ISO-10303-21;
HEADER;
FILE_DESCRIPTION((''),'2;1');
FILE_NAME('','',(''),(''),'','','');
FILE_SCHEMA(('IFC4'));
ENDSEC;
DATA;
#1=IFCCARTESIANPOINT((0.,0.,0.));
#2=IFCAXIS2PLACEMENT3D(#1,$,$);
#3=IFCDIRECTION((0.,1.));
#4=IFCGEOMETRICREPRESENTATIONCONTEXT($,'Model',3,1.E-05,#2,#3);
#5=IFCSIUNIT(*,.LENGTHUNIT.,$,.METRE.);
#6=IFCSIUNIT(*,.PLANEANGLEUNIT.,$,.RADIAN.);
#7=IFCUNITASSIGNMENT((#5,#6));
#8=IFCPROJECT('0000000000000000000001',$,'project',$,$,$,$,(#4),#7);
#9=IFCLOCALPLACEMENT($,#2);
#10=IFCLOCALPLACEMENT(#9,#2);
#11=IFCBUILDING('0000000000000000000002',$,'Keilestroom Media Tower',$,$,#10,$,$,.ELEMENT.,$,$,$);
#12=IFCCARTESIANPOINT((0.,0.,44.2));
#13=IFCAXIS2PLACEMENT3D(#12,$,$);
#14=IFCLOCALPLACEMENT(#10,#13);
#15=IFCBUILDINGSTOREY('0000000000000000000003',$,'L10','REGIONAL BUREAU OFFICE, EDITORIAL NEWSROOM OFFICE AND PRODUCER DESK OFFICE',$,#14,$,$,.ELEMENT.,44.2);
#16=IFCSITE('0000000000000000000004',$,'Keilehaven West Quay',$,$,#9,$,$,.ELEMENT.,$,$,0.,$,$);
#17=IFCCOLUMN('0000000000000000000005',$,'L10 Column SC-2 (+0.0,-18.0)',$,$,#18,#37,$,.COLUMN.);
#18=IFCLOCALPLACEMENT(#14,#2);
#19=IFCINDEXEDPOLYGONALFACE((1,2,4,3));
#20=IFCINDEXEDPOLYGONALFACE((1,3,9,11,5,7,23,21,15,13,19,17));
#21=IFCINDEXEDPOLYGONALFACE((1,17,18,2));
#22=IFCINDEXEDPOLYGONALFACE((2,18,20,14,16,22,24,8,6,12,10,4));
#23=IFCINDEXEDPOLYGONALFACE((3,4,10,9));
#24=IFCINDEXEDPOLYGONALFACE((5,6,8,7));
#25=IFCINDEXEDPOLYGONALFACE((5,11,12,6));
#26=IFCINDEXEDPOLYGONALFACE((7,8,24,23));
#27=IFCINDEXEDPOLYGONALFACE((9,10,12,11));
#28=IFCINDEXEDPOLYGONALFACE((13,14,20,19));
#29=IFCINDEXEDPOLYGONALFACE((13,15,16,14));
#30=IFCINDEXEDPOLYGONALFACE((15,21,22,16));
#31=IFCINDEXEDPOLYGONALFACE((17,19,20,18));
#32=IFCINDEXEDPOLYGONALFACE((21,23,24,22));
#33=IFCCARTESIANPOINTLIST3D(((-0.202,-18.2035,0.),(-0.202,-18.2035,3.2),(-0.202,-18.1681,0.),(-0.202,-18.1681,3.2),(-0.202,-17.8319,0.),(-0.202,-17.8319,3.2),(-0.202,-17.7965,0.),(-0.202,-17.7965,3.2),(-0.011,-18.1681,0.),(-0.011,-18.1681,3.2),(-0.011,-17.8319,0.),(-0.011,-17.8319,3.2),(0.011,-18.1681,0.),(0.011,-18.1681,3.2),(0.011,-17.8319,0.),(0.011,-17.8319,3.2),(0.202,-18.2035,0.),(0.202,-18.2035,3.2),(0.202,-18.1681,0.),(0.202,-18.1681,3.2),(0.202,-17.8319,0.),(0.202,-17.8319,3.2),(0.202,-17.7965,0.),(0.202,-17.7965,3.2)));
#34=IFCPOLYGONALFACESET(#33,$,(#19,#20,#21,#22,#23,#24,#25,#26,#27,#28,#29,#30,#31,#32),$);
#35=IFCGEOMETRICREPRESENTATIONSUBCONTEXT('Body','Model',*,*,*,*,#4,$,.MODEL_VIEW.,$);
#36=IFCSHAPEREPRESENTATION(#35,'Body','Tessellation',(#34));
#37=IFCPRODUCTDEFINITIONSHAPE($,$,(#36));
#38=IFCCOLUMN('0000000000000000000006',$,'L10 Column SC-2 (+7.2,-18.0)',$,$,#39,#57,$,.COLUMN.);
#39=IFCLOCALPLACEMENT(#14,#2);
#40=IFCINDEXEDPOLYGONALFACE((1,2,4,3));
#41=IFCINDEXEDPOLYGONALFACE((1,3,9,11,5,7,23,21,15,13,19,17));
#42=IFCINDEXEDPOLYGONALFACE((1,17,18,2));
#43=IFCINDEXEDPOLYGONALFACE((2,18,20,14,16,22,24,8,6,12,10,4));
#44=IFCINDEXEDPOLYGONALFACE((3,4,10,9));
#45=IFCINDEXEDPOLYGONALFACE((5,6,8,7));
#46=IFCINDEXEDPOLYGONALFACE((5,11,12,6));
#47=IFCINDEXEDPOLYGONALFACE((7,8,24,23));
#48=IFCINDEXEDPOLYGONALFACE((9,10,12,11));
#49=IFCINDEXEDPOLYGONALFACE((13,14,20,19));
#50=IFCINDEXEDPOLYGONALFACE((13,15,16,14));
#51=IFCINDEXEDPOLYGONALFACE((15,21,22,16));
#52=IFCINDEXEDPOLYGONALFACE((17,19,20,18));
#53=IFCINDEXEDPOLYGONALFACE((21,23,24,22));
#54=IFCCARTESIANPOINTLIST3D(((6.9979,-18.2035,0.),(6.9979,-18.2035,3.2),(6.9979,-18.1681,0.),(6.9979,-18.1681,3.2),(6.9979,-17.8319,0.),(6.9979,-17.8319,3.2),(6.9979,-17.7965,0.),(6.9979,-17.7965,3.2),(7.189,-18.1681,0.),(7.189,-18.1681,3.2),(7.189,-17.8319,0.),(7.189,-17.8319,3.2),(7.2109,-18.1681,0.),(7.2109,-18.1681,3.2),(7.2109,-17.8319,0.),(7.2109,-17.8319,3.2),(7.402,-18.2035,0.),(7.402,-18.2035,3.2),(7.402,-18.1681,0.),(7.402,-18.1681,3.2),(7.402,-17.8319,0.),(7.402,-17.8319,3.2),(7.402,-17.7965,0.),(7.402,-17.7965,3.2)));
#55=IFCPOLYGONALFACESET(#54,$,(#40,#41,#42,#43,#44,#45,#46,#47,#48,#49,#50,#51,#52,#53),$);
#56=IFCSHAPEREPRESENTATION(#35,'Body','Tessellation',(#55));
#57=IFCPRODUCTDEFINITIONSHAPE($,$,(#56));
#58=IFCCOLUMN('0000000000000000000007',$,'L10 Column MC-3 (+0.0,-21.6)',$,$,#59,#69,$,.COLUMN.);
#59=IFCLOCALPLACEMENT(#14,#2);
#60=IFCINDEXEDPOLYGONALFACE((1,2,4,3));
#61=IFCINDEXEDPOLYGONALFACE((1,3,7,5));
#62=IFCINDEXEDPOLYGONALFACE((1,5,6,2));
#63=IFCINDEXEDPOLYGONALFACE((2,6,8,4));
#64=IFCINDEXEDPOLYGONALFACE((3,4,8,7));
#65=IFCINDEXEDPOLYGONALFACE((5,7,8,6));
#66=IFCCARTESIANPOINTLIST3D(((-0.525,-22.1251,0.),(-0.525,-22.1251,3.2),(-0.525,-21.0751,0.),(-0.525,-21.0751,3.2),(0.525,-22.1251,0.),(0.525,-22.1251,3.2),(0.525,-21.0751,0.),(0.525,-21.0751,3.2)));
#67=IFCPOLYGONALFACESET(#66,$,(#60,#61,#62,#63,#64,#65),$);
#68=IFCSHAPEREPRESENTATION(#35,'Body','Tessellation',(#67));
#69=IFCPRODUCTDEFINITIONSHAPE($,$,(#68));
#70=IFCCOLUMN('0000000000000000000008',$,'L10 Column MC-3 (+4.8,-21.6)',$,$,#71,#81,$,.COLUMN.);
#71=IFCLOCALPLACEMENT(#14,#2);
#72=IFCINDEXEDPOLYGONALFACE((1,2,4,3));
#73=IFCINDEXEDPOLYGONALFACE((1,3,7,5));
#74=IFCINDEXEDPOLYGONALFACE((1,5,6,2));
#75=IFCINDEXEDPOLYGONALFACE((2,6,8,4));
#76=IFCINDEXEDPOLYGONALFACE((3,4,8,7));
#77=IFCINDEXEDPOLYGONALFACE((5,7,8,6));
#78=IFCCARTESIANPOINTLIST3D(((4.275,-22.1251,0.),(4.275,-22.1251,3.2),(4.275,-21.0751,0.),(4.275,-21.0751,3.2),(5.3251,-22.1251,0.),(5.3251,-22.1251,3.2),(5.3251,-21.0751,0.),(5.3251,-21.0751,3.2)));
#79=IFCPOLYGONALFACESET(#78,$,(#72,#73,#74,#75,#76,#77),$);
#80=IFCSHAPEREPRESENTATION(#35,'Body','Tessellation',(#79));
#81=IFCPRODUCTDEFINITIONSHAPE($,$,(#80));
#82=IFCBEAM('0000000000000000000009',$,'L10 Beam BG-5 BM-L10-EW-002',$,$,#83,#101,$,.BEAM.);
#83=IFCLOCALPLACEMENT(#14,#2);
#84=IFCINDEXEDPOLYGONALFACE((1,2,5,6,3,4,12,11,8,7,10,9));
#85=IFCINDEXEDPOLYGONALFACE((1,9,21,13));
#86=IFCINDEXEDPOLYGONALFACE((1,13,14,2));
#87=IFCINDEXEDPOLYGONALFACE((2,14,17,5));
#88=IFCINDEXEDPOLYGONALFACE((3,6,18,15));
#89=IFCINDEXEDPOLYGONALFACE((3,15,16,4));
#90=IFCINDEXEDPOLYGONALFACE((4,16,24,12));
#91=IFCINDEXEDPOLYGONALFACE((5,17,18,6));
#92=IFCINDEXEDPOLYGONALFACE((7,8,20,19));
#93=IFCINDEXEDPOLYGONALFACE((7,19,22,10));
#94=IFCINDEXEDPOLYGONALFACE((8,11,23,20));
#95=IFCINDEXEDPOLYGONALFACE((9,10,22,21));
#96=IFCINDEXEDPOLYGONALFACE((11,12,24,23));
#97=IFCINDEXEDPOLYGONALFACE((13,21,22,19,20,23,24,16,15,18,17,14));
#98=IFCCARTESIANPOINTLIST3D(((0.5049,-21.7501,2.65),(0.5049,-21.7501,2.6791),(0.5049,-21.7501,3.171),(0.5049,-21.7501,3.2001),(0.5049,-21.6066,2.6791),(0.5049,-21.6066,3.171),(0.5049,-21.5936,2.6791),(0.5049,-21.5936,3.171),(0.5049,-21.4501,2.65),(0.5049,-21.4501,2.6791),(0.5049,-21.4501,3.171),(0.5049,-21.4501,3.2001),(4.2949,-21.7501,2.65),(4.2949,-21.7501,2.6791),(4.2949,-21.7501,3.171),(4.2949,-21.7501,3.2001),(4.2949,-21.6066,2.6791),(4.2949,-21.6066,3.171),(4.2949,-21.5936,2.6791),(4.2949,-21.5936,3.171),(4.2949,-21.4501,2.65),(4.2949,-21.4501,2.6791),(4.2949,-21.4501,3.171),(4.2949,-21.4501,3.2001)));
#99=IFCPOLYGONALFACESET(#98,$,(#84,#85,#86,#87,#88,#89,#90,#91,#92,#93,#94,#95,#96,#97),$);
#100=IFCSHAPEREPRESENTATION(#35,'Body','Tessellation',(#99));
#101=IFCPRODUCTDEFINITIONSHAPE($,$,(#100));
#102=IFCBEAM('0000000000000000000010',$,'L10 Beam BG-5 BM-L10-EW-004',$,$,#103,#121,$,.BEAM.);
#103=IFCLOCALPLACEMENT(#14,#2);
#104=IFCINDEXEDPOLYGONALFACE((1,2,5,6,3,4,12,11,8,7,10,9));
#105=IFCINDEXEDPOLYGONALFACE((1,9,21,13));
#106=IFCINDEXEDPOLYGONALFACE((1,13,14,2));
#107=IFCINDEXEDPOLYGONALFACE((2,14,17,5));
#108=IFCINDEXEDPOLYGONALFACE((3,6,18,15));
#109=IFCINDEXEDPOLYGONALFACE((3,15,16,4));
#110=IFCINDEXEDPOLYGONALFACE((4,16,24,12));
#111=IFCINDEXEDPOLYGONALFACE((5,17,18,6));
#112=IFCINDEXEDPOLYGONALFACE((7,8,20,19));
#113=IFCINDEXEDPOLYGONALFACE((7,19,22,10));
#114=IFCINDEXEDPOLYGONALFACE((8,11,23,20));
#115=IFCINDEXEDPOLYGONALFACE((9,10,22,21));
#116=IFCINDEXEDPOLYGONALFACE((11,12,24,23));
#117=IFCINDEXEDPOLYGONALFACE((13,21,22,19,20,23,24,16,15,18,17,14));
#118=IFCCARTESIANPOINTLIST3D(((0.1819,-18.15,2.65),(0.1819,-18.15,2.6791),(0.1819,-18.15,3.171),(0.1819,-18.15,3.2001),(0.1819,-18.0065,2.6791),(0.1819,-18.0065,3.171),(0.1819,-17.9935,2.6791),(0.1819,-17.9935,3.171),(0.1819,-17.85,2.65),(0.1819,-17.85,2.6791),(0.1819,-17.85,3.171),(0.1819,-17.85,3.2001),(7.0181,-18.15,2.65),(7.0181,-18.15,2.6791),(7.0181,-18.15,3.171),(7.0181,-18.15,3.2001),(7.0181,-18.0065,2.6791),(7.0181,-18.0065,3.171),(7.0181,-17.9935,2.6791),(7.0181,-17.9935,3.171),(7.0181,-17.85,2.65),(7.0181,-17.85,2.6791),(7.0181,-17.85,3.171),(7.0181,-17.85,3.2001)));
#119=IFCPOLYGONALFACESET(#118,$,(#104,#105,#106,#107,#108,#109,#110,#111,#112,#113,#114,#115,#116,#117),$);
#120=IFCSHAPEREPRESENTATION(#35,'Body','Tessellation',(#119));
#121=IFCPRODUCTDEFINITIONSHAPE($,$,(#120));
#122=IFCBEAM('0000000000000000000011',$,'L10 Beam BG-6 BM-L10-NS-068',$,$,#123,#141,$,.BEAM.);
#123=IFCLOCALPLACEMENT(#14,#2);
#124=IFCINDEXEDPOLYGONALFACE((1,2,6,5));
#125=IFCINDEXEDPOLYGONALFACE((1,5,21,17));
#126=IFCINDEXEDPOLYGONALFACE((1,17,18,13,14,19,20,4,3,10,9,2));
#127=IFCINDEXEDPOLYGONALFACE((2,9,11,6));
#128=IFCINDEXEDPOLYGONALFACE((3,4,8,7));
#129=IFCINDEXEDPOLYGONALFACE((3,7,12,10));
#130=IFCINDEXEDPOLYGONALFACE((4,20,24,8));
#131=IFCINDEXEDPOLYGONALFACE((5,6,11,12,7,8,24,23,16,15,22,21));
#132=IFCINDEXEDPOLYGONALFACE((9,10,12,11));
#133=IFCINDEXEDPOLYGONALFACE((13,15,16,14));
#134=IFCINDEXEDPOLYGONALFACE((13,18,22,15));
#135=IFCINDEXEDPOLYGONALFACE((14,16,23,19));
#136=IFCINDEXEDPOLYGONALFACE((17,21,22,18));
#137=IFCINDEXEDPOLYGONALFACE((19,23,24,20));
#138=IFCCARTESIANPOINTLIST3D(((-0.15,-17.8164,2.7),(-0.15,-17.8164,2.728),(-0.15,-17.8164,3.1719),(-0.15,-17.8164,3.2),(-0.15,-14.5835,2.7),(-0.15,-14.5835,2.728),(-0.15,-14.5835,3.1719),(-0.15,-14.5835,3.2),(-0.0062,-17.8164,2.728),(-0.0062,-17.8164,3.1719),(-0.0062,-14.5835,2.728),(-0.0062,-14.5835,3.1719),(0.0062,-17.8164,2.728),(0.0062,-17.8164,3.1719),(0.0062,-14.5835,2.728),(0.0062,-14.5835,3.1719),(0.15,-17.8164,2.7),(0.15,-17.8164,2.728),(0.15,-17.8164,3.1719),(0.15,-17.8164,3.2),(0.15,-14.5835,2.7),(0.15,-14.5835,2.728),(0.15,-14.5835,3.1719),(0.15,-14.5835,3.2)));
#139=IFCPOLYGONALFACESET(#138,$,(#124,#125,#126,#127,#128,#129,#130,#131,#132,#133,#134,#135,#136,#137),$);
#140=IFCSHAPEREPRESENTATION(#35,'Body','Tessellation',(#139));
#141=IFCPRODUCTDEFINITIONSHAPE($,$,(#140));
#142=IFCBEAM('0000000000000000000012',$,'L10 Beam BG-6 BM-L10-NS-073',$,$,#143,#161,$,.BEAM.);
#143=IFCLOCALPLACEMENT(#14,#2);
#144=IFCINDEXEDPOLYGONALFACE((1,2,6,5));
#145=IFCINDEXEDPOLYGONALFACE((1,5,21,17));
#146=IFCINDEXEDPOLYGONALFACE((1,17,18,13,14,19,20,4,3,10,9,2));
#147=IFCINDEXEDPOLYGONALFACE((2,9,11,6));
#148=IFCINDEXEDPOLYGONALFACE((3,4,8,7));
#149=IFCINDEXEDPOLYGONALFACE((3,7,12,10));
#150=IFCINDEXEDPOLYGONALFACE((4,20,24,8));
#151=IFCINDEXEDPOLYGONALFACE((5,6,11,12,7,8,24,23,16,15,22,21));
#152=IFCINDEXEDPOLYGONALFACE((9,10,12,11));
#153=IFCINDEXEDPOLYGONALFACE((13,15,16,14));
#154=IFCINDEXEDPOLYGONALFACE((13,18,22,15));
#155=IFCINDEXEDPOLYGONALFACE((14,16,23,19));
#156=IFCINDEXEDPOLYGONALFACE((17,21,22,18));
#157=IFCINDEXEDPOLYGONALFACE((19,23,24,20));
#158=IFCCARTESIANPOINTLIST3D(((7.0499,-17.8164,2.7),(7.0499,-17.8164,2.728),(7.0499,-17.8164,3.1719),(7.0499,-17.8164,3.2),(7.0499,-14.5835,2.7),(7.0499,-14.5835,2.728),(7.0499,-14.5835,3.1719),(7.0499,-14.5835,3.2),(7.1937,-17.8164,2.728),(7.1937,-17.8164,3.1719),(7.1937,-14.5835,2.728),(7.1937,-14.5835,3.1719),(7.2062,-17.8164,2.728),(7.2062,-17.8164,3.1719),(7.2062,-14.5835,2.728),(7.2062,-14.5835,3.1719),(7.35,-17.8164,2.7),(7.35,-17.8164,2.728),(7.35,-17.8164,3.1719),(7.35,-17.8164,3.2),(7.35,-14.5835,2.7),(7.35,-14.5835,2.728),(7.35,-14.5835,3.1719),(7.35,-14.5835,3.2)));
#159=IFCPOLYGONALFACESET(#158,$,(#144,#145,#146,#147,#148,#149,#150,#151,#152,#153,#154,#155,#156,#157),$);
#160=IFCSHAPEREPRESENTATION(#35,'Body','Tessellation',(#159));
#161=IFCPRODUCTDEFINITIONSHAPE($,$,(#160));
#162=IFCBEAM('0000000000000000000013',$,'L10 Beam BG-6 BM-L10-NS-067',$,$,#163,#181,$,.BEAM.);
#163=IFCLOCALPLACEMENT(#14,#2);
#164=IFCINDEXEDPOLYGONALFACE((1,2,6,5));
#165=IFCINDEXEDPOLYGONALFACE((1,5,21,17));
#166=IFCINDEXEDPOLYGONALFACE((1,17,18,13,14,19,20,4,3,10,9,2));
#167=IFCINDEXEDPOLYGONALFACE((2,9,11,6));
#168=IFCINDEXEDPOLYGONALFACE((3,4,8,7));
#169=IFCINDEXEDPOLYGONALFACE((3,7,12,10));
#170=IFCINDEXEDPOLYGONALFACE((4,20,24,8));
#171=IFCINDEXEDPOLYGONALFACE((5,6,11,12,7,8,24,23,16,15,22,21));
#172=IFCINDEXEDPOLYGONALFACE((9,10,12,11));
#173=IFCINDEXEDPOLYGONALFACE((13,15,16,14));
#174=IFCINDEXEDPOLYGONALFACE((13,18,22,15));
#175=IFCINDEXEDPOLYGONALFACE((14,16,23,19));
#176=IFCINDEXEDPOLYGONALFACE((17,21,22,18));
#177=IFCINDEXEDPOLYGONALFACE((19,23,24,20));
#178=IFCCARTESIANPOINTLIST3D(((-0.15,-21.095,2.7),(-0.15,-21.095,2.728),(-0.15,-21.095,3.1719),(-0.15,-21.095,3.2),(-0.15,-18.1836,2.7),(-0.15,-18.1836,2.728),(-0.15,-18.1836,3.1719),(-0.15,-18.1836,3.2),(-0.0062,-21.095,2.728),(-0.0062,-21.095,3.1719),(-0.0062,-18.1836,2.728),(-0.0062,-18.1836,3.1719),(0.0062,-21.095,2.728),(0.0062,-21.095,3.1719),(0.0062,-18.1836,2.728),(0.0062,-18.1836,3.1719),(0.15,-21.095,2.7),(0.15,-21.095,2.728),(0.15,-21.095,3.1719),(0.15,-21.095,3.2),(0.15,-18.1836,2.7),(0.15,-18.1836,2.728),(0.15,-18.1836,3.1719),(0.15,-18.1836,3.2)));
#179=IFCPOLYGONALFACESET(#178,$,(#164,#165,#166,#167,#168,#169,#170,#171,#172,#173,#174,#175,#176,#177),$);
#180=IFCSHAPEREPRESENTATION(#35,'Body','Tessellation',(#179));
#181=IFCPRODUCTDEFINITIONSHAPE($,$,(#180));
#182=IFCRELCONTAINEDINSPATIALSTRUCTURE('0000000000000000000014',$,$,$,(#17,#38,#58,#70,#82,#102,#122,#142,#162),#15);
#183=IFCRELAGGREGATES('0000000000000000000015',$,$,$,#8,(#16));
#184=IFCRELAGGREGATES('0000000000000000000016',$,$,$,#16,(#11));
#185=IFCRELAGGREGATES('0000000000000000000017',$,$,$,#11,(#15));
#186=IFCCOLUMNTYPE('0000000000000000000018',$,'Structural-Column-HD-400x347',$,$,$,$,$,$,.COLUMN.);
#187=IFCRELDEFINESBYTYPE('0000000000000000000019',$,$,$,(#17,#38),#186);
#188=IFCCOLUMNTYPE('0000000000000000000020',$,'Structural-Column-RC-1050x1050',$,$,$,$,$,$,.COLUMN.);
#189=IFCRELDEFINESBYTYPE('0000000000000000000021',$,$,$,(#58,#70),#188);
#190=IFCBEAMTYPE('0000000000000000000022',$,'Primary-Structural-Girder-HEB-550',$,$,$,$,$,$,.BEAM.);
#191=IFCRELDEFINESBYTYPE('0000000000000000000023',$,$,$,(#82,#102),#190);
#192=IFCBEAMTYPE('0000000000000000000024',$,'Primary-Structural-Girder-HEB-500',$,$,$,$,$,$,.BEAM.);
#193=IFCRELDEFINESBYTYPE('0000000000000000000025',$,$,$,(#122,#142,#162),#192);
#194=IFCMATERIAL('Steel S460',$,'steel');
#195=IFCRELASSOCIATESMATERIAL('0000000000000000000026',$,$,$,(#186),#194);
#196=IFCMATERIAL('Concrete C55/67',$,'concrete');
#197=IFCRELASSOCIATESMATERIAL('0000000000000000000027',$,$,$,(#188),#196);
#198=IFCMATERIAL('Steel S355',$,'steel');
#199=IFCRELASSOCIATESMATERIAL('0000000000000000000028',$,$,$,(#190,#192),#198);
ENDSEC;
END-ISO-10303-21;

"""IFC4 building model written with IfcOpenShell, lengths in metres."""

from ifc_helpers import new_model, si_unit, direction, frame, origin, origin_2d, place, context, subcontext, project, spatial, rectangle, i_section, extrude, source, transform, mapped, material, material_profile, profile_set, type_object, element, save


model = new_model("IFC4")

# Units and contexts
model_context = context("Model", 3, precision=1e-05, world=origin(), true_north=direction((0.0, 1.0)))
body_context = subcontext(model_context, "Body", "Model", "MODEL_VIEW")
ifc_project = project(units=[si_unit("LENGTHUNIT", "METRE"), si_unit("PLANEANGLEUNIT", "RADIAN")], contexts=[model_context])

# Site, building, storey
site_placement = place(None, origin())
site = spatial("IfcSite", under=ifc_project, at=site_placement, Name="Keilehaven West Quay", CompositionType="ELEMENT", RefElevation=0.0)
building_placement = place(site_placement, origin())
building = spatial("IfcBuilding", under=site, at=building_placement, Name="Keilestroom Media Tower", CompositionType="ELEMENT")
storey_placement = place(building_placement, frame((0.0, 0.0, 44.2)))
storey = spatial("IfcBuildingStorey", under=building, at=storey_placement, Name="L10", Description="REGIONAL BUREAU OFFICE, EDITORIAL NEWSROOM OFFICE AND PRODUCER DESK OFFICE", CompositionType="ELEMENT", Elevation=44.2)

# Columns
ifc_material_1 = material(Name="Steel S460", Category="steel")
ifc_material_profile_1 = material_profile(ifc_material_1, i_section(OverallWidth=0.4041, OverallDepth=0.407, WebThickness=0.022, FlangeThickness=0.0354, at=origin_2d()), Name="HD 400x347")
ifc_profile_set_1 = profile_set([ifc_material_profile_1], Name="Steel S460")
column_type_1 = type_object("IfcColumnType", Name="Structural-Column-HD-400x347", PredefinedType="COLUMN", material=ifc_profile_set_1)
shared_shape_1 = source(origin(), body_context, "Body", "SweptSolid", [
    extrude(i_section(OverallWidth=0.4041, OverallDepth=0.407, WebThickness=0.022, FlangeThickness=0.0354, at=origin_2d()), origin(), (0.0, 0.0, 1.0), 3.2),
])
for number, where, z_axis, x_axis, name in (
    (1, (0.0, -18.0, 0.0), (0.0, 0.0, 1.0), (1.0, 0.0, 0.0), "L10 Column SC-2 (+0.0,-18.0)"),
    (2, (7.2, -18.0, 0.0), (0.0, 0.0, 1.0), (1.0, 0.0, 0.0), "L10 Column SC-2 (+7.2,-18.0)"),
):
    element("IfcColumn", number, at=place(storey_placement, frame(where, z_axis=z_axis, x_axis=x_axis)), inside=storey, type_object=column_type_1, Name=name, PredefinedType="COLUMN", context=body_context, shape_type="MappedRepresentation", body=[
        mapped(shared_shape_1, transform((0.0, 0.0, 0.0), x_axis=(1.0, 0.0, 0.0), y_axis=(0.0, 1.0, 0.0), z_axis=(0.0, 0.0, 1.0), scale=1.0)),
    ])
ifc_material_2 = material(Name="Concrete C55/67", Category="concrete")
ifc_material_profile_2 = material_profile(ifc_material_2, rectangle(XDim=1.05, YDim=1.05, at=origin_2d()), Name="RC 1050x1050")
ifc_profile_set_2 = profile_set([ifc_material_profile_2], Name="Concrete C55/67")
column_type_2 = type_object("IfcColumnType", Name="Structural-Column-RC-1050x1050", PredefinedType="COLUMN", material=ifc_profile_set_2)
shared_shape_2 = source(origin(), body_context, "Body", "SweptSolid", [
    extrude(rectangle(XDim=1.05, YDim=1.05, at=origin_2d()), origin(), (0.0, 0.0, 1.0), 3.2),
])
for number, where, z_axis, x_axis, name in (
    (3, (0.0, -21.6001, 0.0), (0.0, 0.0, 1.0), (1.0, 0.0, 0.0), "L10 Column MC-3 (+0.0,-21.6)"),
    (4, (4.8, -21.6001, 0.0), (0.0, 0.0, 1.0), (1.0, 0.0, 0.0), "L10 Column MC-3 (+4.8,-21.6)"),
):
    element("IfcColumn", number, at=place(storey_placement, frame(where, z_axis=z_axis, x_axis=x_axis)), inside=storey, type_object=column_type_2, Name=name, PredefinedType="COLUMN", context=body_context, shape_type="MappedRepresentation", body=[
        mapped(shared_shape_2, transform((0.0, 0.0, 0.0), x_axis=(1.0, 0.0, 0.0), y_axis=(0.0, 1.0, 0.0), z_axis=(0.0, 0.0, 1.0), scale=1.0)),
    ])

# Beams
ifc_material_3 = material(Name="Steel S355", Category="steel")
ifc_material_profile_3 = material_profile(ifc_material_3, i_section(OverallWidth=0.3, OverallDepth=0.55, WebThickness=0.0129, FlangeThickness=0.0291, at=origin_2d()), Name="HEB 550")
ifc_profile_set_3 = profile_set([ifc_material_profile_3], Name="Steel S355")
beam_type_1 = type_object("IfcBeamType", Name="Primary-Structural-Girder-HEB-550", PredefinedType="BEAM", material=ifc_profile_set_3)
shared_shape_3 = source(origin(), body_context, "Body", "SweptSolid", [
    extrude(i_section(OverallWidth=0.3, OverallDepth=0.55, WebThickness=0.0129, FlangeThickness=0.0291, at=origin_2d()), origin(), (0.0, 0.0, 1.0), 3.79),
])
beam_1_placement = place(storey_placement, frame((0.5049, -21.6001, 2.925), z_axis=(1.0, 0.0, 0.0), x_axis=(0.0, 1.0, 0.0)))
element("IfcBeam", 5, at=beam_1_placement, inside=storey, type_object=beam_type_1, Name="L10 Beam BG-5 BM-L10-EW-002", PredefinedType="BEAM", context=body_context, shape_type="MappedRepresentation", body=[
    mapped(shared_shape_3, transform((0.0, 0.0, 0.0), x_axis=(1.0, 0.0, 0.0), y_axis=(0.0, 1.0, 0.0), z_axis=(0.0, 0.0, 1.0), scale=1.0)),
])
shared_shape_4 = source(origin(), body_context, "Body", "SweptSolid", [
    extrude(i_section(OverallWidth=0.3, OverallDepth=0.55, WebThickness=0.0129, FlangeThickness=0.0291, at=origin_2d()), origin(), (0.0, 0.0, 1.0), 6.8362),
])
beam_2_placement = place(storey_placement, frame((0.1819, -18.0, 2.925), z_axis=(1.0, 0.0, 0.0), x_axis=(0.0, 1.0, 0.0)))
element("IfcBeam", 6, at=beam_2_placement, inside=storey, type_object=beam_type_1, Name="L10 Beam BG-5 BM-L10-EW-004", PredefinedType="BEAM", context=body_context, shape_type="MappedRepresentation", body=[
    mapped(shared_shape_4, transform((0.0, 0.0, 0.0), x_axis=(1.0, 0.0, 0.0), y_axis=(0.0, 1.0, 0.0), z_axis=(0.0, 0.0, 1.0), scale=1.0)),
])
ifc_material_profile_4 = material_profile(ifc_material_3, i_section(OverallWidth=0.3, OverallDepth=0.5, WebThickness=0.0125, FlangeThickness=0.0281, at=origin_2d()), Name="HEB 500")
ifc_profile_set_4 = profile_set([ifc_material_profile_4], Name="Steel S355")
beam_type_2 = type_object("IfcBeamType", Name="Primary-Structural-Girder-HEB-500", PredefinedType="BEAM", material=ifc_profile_set_4)
shared_shape_5 = source(origin(), body_context, "Body", "SweptSolid", [
    extrude(i_section(OverallWidth=0.3, OverallDepth=0.5, WebThickness=0.0125, FlangeThickness=0.0281, at=origin_2d()), origin(), (0.0, 0.0, 1.0), 3.2329),
])
for number, where, z_axis, x_axis, name in (
    (7, (0.0, -17.8164, 2.95), (0.0, 1.0, 0.0), (-1.0, 0.0, 0.0), "L10 Beam BG-6 BM-L10-NS-068"),
    (8, (7.2, -17.8164, 2.95), (0.0, 1.0, 0.0), (-1.0, 0.0, 0.0), "L10 Beam BG-6 BM-L10-NS-073"),
):
    element("IfcBeam", number, at=place(storey_placement, frame(where, z_axis=z_axis, x_axis=x_axis)), inside=storey, type_object=beam_type_2, Name=name, PredefinedType="BEAM", context=body_context, shape_type="MappedRepresentation", body=[
        mapped(shared_shape_5, transform((0.0, 0.0, 0.0), x_axis=(1.0, 0.0, 0.0), y_axis=(0.0, 1.0, 0.0), z_axis=(0.0, 0.0, 1.0), scale=1.0)),
    ])
shared_shape_6 = source(origin(), body_context, "Body", "SweptSolid", [
    extrude(i_section(OverallWidth=0.3, OverallDepth=0.5, WebThickness=0.0125, FlangeThickness=0.0281, at=origin_2d()), origin(), (0.0, 0.0, 1.0), 2.9114),
])
beam_3_placement = place(storey_placement, frame((0.0, -21.095, 2.95), z_axis=(0.0, 1.0, 0.0), x_axis=(-1.0, 0.0, 0.0)))
element("IfcBeam", 9, at=beam_3_placement, inside=storey, type_object=beam_type_2, Name="L10 Beam BG-6 BM-L10-NS-067", PredefinedType="BEAM", context=body_context, shape_type="MappedRepresentation", body=[
    mapped(shared_shape_6, transform((0.0, 0.0, 0.0), x_axis=(1.0, 0.0, 0.0), y_axis=(0.0, 1.0, 0.0), z_axis=(0.0, 0.0, 1.0), scale=1.0)),
])

save(model, "model.ifc")
